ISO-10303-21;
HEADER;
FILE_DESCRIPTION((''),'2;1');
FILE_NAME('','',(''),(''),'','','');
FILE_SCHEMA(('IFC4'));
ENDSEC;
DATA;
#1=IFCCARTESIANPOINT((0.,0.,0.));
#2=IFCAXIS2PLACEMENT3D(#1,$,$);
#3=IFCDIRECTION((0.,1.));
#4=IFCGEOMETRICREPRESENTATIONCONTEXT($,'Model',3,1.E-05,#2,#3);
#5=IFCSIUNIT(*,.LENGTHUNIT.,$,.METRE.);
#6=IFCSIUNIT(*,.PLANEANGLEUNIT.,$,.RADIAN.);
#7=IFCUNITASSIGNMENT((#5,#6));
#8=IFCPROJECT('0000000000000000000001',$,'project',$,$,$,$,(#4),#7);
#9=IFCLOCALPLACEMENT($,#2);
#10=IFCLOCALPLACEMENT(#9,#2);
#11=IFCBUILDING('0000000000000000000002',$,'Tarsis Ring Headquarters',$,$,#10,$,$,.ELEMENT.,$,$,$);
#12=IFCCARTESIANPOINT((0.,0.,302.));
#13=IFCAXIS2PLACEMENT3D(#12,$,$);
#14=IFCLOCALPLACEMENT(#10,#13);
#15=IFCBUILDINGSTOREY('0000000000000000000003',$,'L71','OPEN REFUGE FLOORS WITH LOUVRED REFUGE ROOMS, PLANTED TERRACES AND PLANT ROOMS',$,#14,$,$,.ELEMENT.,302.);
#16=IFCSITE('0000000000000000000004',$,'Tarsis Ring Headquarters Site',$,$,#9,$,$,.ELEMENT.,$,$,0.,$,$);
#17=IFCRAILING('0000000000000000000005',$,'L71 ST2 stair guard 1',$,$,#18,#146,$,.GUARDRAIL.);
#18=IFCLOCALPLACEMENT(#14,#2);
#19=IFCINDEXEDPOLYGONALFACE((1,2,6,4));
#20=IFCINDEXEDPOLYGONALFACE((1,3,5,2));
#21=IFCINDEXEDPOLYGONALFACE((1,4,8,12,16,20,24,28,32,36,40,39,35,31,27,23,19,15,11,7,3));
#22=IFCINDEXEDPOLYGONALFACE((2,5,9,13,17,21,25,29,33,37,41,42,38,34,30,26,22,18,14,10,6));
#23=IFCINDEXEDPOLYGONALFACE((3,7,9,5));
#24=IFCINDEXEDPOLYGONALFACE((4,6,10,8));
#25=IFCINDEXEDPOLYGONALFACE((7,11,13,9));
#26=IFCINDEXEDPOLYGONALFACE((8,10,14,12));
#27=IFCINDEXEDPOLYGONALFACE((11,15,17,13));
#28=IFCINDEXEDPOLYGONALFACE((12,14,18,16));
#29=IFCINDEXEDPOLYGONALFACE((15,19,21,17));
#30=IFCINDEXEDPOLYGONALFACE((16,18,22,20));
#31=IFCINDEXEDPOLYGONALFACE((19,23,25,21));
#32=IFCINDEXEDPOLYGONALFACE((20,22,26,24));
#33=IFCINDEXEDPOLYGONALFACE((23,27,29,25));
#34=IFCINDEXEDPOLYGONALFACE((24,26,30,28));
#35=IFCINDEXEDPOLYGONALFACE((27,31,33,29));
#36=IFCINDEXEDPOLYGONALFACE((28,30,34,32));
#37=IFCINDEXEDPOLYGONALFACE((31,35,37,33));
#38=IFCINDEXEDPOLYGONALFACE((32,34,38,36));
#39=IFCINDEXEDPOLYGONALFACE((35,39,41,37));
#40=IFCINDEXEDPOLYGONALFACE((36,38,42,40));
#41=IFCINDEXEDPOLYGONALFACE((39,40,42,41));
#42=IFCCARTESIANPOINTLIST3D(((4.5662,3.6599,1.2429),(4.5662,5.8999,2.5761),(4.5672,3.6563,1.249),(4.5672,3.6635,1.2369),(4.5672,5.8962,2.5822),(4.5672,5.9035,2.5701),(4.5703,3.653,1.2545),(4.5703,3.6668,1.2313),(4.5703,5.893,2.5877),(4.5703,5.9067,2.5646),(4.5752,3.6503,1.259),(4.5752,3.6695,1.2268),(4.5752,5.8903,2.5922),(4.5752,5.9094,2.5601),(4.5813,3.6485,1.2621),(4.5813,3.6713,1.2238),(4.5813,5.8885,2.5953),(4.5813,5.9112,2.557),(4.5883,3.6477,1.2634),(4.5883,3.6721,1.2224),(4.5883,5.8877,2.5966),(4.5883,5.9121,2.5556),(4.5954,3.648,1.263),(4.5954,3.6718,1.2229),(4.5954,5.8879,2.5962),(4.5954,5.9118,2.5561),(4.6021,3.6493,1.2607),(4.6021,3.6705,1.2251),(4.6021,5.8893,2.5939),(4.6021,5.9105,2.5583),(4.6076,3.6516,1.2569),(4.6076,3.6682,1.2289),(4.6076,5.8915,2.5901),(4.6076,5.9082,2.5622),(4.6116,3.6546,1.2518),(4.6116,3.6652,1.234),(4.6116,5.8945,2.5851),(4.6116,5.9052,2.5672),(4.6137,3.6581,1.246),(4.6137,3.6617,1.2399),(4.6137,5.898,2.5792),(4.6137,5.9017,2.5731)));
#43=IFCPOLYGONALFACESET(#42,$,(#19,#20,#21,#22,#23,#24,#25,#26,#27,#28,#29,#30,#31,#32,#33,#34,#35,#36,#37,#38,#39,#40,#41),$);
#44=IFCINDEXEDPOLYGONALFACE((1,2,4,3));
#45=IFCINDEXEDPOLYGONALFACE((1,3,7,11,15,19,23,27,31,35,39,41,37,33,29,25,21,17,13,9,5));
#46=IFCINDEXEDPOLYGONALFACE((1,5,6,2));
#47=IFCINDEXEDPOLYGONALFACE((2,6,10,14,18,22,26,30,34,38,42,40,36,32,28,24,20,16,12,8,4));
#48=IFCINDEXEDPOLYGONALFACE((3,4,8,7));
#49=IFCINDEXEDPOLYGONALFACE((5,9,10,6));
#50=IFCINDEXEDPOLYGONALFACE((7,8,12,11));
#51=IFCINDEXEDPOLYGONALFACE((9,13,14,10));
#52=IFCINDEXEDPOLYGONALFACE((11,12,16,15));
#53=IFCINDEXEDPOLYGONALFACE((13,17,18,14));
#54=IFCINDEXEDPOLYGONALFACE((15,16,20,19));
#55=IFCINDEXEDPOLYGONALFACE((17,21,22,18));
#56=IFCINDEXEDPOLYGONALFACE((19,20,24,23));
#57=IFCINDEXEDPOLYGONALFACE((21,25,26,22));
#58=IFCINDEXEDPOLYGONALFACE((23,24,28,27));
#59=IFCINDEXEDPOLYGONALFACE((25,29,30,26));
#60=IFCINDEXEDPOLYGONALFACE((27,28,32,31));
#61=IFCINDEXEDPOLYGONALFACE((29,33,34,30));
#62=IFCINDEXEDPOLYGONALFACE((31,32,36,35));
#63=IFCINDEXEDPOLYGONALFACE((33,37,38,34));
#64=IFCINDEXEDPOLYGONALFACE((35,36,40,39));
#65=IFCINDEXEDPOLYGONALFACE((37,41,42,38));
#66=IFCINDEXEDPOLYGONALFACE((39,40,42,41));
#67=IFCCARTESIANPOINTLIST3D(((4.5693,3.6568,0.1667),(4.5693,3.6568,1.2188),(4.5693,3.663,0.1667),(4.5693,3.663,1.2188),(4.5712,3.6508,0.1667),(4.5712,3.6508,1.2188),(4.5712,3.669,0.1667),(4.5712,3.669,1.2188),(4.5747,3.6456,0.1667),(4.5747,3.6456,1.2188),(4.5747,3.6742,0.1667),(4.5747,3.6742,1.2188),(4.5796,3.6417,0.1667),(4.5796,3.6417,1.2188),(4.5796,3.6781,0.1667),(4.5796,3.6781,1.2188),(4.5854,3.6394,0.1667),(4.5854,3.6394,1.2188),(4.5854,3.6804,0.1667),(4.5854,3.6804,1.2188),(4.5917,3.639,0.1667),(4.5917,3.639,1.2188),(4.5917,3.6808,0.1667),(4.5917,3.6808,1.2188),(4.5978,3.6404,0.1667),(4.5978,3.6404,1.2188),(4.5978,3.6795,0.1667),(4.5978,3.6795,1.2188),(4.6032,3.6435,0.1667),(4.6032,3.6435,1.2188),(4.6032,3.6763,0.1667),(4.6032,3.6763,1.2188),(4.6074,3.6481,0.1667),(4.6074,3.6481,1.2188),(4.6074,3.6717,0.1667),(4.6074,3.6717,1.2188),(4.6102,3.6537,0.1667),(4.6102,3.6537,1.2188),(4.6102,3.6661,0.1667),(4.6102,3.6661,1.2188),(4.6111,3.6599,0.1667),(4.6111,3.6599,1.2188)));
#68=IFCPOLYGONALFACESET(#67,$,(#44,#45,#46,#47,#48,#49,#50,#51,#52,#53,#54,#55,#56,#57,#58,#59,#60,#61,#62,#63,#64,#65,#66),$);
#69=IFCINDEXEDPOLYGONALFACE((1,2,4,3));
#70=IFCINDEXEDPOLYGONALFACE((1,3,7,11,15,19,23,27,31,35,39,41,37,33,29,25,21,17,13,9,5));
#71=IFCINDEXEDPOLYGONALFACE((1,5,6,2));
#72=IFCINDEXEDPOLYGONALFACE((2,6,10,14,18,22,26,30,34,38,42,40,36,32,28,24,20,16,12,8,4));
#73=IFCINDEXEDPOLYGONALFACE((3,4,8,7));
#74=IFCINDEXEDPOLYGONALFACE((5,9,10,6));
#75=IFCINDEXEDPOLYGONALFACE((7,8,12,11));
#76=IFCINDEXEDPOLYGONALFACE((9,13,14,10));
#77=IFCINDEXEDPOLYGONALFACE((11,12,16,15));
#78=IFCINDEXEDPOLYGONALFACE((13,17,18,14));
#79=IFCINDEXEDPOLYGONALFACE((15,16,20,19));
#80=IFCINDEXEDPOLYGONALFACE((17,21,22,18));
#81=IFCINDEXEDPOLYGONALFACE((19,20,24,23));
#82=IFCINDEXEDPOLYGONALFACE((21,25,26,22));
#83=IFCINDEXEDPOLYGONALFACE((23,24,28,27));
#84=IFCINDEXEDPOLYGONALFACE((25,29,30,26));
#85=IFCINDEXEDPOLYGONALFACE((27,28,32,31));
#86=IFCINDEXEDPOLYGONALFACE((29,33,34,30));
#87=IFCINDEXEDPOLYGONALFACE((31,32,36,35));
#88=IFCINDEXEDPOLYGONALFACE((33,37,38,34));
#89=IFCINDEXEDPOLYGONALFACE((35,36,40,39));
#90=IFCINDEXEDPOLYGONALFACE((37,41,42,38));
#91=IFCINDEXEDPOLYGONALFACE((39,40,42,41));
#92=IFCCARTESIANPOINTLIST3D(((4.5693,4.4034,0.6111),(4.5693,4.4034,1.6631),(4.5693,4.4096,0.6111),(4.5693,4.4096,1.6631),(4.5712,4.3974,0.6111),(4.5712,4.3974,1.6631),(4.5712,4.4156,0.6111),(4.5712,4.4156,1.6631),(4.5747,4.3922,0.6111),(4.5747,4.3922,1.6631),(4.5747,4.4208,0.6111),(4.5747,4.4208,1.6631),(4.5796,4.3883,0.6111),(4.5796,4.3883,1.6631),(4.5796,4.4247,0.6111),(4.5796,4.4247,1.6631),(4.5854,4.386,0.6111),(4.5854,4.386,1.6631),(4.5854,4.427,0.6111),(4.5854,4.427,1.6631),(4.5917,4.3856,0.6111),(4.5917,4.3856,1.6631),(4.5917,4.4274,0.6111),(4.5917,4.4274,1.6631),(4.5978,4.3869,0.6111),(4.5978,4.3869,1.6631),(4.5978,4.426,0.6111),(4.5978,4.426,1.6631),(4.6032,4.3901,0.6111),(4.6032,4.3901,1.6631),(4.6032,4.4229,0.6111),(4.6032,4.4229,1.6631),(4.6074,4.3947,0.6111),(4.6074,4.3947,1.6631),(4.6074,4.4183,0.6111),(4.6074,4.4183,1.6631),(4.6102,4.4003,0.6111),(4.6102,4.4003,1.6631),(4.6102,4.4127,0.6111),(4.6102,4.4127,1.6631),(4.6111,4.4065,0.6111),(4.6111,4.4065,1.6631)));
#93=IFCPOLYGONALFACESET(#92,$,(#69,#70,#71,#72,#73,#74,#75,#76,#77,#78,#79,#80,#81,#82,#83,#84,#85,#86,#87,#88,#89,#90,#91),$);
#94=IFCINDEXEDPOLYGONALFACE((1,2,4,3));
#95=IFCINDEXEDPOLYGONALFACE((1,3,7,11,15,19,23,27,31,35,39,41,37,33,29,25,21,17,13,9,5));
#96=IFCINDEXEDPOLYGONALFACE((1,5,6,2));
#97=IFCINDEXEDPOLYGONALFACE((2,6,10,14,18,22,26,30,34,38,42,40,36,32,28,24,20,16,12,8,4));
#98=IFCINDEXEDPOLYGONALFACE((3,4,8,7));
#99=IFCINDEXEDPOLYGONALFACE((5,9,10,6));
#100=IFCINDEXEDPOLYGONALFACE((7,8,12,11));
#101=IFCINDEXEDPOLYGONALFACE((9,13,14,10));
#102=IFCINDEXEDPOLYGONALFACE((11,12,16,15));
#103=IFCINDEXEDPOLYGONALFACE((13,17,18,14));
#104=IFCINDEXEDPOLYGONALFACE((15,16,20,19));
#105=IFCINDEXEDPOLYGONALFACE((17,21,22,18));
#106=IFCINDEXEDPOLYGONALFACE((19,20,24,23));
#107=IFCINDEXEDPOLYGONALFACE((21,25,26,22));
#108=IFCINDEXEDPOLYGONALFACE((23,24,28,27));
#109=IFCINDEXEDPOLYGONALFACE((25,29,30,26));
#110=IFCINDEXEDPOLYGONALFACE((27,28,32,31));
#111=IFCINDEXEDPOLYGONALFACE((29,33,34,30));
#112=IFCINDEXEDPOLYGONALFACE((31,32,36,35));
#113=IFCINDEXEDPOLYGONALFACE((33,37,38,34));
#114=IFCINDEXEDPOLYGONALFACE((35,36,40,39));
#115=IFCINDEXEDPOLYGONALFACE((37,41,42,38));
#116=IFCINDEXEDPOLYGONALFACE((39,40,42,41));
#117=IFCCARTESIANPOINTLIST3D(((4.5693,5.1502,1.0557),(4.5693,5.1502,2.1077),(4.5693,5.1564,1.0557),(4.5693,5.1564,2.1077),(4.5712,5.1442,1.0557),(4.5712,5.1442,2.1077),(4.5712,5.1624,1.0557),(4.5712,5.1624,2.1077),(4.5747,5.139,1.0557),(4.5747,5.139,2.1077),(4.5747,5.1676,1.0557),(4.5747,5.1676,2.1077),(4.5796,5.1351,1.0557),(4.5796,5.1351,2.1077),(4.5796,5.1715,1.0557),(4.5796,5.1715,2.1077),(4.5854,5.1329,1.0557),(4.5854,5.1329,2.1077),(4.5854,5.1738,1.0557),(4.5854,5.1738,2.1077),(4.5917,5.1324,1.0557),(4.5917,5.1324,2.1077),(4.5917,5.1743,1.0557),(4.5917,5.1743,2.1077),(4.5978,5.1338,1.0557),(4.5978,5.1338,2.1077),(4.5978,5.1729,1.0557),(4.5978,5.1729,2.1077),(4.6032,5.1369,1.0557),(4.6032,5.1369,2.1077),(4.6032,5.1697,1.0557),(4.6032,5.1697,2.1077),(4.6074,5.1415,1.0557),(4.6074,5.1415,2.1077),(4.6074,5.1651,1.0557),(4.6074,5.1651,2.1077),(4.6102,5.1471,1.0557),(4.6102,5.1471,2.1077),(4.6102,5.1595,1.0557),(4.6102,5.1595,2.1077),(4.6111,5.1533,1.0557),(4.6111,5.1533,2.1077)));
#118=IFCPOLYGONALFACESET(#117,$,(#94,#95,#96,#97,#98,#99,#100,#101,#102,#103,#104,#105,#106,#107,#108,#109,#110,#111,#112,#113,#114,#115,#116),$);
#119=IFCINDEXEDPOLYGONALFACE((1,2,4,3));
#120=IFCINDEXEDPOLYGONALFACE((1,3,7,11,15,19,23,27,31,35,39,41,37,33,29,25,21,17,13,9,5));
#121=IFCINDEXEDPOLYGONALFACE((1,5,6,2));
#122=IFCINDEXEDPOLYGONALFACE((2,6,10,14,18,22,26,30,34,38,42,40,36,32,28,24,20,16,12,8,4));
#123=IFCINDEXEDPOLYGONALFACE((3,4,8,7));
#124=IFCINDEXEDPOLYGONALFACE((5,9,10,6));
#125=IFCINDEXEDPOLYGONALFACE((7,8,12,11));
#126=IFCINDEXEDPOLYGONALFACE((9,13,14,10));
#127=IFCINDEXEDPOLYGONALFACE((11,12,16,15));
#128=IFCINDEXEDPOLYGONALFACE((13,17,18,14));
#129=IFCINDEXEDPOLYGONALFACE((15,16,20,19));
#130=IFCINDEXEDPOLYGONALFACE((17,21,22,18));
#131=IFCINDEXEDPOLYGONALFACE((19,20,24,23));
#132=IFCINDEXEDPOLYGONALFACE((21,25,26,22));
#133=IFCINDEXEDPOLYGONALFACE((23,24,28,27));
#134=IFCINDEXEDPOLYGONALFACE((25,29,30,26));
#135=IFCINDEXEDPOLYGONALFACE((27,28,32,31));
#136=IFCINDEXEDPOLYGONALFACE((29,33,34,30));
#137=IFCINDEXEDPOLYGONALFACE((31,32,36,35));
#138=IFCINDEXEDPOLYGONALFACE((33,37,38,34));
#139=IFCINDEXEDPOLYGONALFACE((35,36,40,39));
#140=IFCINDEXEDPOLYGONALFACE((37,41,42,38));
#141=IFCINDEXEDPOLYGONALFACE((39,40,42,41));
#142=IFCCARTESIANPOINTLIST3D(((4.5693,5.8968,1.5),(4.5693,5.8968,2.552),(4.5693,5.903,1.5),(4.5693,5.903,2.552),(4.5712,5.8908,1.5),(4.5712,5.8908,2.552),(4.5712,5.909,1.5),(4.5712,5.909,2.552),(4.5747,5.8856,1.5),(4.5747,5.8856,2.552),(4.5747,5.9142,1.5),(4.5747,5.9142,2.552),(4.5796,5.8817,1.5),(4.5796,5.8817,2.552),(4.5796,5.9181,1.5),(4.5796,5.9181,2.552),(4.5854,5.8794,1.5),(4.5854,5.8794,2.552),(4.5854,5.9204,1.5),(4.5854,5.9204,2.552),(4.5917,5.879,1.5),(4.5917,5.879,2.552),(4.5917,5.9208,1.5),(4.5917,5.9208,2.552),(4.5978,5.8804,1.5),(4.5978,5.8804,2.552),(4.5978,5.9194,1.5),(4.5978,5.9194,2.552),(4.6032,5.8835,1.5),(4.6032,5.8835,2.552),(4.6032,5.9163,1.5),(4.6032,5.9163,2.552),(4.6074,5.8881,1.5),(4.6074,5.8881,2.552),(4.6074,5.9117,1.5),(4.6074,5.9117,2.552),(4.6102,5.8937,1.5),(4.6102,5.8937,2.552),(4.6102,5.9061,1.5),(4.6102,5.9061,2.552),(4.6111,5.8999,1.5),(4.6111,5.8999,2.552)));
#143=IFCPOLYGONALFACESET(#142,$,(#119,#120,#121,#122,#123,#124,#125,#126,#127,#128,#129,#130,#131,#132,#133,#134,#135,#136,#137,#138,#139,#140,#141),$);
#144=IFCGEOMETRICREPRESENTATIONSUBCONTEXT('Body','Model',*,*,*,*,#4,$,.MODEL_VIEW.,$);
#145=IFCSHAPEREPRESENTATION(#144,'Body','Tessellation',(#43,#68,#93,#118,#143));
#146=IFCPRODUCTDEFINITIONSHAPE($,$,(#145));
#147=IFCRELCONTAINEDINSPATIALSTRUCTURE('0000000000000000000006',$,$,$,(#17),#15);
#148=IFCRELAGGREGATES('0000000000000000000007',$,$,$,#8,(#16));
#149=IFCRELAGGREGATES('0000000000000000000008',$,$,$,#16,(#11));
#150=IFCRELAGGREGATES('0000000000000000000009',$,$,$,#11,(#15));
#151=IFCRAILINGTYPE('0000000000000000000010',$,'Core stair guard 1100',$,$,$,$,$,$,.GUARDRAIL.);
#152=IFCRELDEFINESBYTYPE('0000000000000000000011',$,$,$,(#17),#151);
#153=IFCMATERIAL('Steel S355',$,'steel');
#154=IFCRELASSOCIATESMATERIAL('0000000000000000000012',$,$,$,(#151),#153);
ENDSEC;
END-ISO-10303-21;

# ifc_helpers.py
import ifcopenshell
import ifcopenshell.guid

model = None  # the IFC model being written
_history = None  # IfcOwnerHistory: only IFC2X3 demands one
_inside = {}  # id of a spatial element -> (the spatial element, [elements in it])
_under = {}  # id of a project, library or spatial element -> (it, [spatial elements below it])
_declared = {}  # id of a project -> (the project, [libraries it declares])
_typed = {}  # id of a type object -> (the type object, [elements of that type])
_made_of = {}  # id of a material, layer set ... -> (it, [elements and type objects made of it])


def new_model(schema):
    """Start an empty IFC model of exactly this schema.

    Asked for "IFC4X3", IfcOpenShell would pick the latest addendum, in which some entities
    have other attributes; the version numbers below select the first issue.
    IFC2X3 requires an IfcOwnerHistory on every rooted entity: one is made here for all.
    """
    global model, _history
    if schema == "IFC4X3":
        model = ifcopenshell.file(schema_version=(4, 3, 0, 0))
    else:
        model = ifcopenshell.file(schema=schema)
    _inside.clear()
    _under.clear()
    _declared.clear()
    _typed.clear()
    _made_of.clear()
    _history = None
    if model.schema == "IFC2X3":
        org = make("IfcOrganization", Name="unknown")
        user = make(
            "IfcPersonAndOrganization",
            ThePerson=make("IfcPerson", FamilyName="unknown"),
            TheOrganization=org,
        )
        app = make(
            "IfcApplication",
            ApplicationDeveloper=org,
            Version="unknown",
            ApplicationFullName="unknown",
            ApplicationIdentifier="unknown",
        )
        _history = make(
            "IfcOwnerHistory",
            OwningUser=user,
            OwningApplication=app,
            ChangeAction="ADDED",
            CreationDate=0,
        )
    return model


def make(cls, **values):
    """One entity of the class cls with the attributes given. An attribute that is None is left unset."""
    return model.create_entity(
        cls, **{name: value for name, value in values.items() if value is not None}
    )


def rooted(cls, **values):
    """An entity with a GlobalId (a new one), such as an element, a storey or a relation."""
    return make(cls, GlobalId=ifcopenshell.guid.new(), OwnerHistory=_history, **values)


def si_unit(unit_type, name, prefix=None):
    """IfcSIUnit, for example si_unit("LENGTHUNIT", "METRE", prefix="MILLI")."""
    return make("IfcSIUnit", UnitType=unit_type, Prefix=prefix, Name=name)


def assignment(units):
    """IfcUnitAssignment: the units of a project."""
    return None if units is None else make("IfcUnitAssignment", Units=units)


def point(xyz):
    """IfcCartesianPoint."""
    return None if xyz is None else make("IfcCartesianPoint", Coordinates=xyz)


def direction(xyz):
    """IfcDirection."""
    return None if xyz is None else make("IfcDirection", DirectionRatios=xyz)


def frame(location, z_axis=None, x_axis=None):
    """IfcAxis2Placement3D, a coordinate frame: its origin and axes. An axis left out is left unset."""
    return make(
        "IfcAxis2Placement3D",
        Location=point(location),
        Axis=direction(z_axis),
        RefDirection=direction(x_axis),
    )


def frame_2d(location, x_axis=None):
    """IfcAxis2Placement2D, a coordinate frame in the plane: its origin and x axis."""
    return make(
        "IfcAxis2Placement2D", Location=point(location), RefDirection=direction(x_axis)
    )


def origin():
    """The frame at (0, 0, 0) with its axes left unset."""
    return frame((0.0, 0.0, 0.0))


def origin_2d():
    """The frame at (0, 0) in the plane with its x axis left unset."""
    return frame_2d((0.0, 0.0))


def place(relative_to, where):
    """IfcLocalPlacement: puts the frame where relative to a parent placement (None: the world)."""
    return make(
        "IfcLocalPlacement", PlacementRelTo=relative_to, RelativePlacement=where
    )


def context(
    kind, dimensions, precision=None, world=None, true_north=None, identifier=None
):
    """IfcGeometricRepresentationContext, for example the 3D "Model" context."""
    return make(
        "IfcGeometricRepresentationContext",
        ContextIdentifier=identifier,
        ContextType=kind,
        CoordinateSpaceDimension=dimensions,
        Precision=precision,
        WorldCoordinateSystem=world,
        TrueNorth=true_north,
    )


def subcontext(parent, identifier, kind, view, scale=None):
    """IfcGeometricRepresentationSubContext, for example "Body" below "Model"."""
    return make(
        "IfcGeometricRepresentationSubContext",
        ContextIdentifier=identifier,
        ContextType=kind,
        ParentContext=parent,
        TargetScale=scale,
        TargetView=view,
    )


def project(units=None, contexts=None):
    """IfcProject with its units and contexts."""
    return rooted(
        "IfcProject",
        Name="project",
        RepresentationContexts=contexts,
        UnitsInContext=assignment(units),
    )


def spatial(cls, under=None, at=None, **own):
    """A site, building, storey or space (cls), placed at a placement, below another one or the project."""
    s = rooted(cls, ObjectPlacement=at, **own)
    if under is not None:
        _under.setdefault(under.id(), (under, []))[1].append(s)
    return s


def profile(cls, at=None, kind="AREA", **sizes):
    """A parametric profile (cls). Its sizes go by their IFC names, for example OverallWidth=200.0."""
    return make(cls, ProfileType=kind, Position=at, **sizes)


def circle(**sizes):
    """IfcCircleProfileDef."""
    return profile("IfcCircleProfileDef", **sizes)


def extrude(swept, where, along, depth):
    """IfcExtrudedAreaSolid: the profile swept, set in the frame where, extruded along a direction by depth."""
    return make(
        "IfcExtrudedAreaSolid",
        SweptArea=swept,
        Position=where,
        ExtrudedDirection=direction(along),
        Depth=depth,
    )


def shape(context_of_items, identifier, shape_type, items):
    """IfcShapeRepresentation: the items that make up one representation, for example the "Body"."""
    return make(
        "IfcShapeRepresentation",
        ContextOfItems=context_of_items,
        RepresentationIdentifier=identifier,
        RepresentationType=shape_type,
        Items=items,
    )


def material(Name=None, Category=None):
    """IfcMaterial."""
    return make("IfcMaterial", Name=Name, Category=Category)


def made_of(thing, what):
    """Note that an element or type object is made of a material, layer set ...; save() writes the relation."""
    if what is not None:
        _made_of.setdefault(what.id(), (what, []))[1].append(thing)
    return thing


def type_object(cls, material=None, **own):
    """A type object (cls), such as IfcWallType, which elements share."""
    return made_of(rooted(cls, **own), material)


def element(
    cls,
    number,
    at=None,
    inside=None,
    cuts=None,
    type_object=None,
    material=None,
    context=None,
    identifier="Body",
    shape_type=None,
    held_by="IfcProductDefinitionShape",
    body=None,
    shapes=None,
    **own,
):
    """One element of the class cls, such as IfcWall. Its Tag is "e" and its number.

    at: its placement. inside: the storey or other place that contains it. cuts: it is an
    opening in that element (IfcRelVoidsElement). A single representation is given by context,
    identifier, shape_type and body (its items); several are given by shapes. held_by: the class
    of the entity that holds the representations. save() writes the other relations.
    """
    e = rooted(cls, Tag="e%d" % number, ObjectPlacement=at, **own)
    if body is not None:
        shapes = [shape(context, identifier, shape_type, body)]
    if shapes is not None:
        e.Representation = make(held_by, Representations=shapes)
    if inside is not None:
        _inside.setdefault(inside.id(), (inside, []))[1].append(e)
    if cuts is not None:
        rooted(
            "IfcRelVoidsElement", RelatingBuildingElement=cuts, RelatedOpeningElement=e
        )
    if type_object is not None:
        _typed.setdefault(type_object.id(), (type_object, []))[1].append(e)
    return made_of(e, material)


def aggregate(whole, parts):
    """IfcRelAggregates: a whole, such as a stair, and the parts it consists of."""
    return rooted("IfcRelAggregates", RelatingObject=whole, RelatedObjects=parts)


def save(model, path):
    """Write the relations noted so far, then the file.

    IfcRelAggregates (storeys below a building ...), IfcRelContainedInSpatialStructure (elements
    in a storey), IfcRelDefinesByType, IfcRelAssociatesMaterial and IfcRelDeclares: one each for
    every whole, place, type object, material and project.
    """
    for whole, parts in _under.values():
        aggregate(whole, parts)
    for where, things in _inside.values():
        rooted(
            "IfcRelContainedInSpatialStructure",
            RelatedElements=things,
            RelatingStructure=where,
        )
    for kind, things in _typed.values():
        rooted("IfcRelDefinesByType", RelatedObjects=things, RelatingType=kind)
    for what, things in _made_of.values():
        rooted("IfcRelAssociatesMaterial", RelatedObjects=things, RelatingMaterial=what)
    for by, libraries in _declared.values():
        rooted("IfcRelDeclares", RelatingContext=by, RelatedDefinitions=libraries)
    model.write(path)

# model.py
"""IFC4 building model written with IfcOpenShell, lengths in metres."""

from ifc_helpers import new_model, si_unit, direction, frame, origin, origin_2d, place, context, subcontext, project, spatial, circle, extrude, material, type_object, element, save


model = new_model("IFC4")

# Units and contexts
model_context = context("Model", 3, precision=1e-05, world=origin(), true_north=direction((0.0, 1.0)))
body_context = subcontext(model_context, "Body", "Model", "MODEL_VIEW")
ifc_project = project(units=[si_unit("LENGTHUNIT", "METRE"), si_unit("PLANEANGLEUNIT", "RADIAN")], contexts=[model_context])

# Site, building, storey
site_placement = place(None, origin())
site = spatial("IfcSite", under=ifc_project, at=site_placement, Name="Tarsis Ring Headquarters Site", CompositionType="ELEMENT", RefElevation=0.0)
building_placement = place(site_placement, origin())
building = spatial("IfcBuilding", under=site, at=building_placement, Name="Tarsis Ring Headquarters", CompositionType="ELEMENT")
storey_placement = place(building_placement, frame((0.0, 0.0, 302.0)))
storey = spatial("IfcBuildingStorey", under=building, at=storey_placement, Name="L71", Description="OPEN REFUGE FLOORS WITH LOUVRED REFUGE ROOMS, PLANTED TERRACES AND PLANT ROOMS", CompositionType="ELEMENT", Elevation=302.0)

# Railing
ifc_material_1 = material(Name="Steel S355", Category="steel")
railing_type_1 = type_object("IfcRailingType", Name="Core stair guard 1100", PredefinedType="GUARDRAIL", material=ifc_material_1)
railing_1_placement = place(storey_placement, frame((4.5901, 3.6599, 0.1667)))
element("IfcRailing", 1, at=railing_1_placement, inside=storey, type_object=railing_type_1, Name="L71 ST2 stair guard 1", PredefinedType="GUARDRAIL", context=body_context, shape_type="SweptSolid", body=[
    extrude(circle(Radius=0.0239, at=origin_2d()), frame((0.0, 0.0, 1.0762), z_axis=(0.0, 0.859306, 0.511462), x_axis=(-1.0, 0.0, 0.0)), (0.0, 0.0, 1.0), 2.6067),
    extrude(circle(Radius=0.021, at=origin_2d()), origin(), (0.0, 0.0, 1.0), 1.052),
    extrude(circle(Radius=0.021, at=origin_2d()), frame((0.0, 0.7466, 0.4443)), (0.0, 0.0, 1.0), 1.052),
    extrude(circle(Radius=0.021, at=origin_2d()), frame((0.0, 1.4934, 0.8889)), (0.0, 0.0, 1.0), 1.052),
    extrude(circle(Radius=0.021, at=origin_2d()), frame((0.0, 2.24, 1.3333)), (0.0, 0.0, 1.0), 1.052),
])

save(model, "model.ifc")
